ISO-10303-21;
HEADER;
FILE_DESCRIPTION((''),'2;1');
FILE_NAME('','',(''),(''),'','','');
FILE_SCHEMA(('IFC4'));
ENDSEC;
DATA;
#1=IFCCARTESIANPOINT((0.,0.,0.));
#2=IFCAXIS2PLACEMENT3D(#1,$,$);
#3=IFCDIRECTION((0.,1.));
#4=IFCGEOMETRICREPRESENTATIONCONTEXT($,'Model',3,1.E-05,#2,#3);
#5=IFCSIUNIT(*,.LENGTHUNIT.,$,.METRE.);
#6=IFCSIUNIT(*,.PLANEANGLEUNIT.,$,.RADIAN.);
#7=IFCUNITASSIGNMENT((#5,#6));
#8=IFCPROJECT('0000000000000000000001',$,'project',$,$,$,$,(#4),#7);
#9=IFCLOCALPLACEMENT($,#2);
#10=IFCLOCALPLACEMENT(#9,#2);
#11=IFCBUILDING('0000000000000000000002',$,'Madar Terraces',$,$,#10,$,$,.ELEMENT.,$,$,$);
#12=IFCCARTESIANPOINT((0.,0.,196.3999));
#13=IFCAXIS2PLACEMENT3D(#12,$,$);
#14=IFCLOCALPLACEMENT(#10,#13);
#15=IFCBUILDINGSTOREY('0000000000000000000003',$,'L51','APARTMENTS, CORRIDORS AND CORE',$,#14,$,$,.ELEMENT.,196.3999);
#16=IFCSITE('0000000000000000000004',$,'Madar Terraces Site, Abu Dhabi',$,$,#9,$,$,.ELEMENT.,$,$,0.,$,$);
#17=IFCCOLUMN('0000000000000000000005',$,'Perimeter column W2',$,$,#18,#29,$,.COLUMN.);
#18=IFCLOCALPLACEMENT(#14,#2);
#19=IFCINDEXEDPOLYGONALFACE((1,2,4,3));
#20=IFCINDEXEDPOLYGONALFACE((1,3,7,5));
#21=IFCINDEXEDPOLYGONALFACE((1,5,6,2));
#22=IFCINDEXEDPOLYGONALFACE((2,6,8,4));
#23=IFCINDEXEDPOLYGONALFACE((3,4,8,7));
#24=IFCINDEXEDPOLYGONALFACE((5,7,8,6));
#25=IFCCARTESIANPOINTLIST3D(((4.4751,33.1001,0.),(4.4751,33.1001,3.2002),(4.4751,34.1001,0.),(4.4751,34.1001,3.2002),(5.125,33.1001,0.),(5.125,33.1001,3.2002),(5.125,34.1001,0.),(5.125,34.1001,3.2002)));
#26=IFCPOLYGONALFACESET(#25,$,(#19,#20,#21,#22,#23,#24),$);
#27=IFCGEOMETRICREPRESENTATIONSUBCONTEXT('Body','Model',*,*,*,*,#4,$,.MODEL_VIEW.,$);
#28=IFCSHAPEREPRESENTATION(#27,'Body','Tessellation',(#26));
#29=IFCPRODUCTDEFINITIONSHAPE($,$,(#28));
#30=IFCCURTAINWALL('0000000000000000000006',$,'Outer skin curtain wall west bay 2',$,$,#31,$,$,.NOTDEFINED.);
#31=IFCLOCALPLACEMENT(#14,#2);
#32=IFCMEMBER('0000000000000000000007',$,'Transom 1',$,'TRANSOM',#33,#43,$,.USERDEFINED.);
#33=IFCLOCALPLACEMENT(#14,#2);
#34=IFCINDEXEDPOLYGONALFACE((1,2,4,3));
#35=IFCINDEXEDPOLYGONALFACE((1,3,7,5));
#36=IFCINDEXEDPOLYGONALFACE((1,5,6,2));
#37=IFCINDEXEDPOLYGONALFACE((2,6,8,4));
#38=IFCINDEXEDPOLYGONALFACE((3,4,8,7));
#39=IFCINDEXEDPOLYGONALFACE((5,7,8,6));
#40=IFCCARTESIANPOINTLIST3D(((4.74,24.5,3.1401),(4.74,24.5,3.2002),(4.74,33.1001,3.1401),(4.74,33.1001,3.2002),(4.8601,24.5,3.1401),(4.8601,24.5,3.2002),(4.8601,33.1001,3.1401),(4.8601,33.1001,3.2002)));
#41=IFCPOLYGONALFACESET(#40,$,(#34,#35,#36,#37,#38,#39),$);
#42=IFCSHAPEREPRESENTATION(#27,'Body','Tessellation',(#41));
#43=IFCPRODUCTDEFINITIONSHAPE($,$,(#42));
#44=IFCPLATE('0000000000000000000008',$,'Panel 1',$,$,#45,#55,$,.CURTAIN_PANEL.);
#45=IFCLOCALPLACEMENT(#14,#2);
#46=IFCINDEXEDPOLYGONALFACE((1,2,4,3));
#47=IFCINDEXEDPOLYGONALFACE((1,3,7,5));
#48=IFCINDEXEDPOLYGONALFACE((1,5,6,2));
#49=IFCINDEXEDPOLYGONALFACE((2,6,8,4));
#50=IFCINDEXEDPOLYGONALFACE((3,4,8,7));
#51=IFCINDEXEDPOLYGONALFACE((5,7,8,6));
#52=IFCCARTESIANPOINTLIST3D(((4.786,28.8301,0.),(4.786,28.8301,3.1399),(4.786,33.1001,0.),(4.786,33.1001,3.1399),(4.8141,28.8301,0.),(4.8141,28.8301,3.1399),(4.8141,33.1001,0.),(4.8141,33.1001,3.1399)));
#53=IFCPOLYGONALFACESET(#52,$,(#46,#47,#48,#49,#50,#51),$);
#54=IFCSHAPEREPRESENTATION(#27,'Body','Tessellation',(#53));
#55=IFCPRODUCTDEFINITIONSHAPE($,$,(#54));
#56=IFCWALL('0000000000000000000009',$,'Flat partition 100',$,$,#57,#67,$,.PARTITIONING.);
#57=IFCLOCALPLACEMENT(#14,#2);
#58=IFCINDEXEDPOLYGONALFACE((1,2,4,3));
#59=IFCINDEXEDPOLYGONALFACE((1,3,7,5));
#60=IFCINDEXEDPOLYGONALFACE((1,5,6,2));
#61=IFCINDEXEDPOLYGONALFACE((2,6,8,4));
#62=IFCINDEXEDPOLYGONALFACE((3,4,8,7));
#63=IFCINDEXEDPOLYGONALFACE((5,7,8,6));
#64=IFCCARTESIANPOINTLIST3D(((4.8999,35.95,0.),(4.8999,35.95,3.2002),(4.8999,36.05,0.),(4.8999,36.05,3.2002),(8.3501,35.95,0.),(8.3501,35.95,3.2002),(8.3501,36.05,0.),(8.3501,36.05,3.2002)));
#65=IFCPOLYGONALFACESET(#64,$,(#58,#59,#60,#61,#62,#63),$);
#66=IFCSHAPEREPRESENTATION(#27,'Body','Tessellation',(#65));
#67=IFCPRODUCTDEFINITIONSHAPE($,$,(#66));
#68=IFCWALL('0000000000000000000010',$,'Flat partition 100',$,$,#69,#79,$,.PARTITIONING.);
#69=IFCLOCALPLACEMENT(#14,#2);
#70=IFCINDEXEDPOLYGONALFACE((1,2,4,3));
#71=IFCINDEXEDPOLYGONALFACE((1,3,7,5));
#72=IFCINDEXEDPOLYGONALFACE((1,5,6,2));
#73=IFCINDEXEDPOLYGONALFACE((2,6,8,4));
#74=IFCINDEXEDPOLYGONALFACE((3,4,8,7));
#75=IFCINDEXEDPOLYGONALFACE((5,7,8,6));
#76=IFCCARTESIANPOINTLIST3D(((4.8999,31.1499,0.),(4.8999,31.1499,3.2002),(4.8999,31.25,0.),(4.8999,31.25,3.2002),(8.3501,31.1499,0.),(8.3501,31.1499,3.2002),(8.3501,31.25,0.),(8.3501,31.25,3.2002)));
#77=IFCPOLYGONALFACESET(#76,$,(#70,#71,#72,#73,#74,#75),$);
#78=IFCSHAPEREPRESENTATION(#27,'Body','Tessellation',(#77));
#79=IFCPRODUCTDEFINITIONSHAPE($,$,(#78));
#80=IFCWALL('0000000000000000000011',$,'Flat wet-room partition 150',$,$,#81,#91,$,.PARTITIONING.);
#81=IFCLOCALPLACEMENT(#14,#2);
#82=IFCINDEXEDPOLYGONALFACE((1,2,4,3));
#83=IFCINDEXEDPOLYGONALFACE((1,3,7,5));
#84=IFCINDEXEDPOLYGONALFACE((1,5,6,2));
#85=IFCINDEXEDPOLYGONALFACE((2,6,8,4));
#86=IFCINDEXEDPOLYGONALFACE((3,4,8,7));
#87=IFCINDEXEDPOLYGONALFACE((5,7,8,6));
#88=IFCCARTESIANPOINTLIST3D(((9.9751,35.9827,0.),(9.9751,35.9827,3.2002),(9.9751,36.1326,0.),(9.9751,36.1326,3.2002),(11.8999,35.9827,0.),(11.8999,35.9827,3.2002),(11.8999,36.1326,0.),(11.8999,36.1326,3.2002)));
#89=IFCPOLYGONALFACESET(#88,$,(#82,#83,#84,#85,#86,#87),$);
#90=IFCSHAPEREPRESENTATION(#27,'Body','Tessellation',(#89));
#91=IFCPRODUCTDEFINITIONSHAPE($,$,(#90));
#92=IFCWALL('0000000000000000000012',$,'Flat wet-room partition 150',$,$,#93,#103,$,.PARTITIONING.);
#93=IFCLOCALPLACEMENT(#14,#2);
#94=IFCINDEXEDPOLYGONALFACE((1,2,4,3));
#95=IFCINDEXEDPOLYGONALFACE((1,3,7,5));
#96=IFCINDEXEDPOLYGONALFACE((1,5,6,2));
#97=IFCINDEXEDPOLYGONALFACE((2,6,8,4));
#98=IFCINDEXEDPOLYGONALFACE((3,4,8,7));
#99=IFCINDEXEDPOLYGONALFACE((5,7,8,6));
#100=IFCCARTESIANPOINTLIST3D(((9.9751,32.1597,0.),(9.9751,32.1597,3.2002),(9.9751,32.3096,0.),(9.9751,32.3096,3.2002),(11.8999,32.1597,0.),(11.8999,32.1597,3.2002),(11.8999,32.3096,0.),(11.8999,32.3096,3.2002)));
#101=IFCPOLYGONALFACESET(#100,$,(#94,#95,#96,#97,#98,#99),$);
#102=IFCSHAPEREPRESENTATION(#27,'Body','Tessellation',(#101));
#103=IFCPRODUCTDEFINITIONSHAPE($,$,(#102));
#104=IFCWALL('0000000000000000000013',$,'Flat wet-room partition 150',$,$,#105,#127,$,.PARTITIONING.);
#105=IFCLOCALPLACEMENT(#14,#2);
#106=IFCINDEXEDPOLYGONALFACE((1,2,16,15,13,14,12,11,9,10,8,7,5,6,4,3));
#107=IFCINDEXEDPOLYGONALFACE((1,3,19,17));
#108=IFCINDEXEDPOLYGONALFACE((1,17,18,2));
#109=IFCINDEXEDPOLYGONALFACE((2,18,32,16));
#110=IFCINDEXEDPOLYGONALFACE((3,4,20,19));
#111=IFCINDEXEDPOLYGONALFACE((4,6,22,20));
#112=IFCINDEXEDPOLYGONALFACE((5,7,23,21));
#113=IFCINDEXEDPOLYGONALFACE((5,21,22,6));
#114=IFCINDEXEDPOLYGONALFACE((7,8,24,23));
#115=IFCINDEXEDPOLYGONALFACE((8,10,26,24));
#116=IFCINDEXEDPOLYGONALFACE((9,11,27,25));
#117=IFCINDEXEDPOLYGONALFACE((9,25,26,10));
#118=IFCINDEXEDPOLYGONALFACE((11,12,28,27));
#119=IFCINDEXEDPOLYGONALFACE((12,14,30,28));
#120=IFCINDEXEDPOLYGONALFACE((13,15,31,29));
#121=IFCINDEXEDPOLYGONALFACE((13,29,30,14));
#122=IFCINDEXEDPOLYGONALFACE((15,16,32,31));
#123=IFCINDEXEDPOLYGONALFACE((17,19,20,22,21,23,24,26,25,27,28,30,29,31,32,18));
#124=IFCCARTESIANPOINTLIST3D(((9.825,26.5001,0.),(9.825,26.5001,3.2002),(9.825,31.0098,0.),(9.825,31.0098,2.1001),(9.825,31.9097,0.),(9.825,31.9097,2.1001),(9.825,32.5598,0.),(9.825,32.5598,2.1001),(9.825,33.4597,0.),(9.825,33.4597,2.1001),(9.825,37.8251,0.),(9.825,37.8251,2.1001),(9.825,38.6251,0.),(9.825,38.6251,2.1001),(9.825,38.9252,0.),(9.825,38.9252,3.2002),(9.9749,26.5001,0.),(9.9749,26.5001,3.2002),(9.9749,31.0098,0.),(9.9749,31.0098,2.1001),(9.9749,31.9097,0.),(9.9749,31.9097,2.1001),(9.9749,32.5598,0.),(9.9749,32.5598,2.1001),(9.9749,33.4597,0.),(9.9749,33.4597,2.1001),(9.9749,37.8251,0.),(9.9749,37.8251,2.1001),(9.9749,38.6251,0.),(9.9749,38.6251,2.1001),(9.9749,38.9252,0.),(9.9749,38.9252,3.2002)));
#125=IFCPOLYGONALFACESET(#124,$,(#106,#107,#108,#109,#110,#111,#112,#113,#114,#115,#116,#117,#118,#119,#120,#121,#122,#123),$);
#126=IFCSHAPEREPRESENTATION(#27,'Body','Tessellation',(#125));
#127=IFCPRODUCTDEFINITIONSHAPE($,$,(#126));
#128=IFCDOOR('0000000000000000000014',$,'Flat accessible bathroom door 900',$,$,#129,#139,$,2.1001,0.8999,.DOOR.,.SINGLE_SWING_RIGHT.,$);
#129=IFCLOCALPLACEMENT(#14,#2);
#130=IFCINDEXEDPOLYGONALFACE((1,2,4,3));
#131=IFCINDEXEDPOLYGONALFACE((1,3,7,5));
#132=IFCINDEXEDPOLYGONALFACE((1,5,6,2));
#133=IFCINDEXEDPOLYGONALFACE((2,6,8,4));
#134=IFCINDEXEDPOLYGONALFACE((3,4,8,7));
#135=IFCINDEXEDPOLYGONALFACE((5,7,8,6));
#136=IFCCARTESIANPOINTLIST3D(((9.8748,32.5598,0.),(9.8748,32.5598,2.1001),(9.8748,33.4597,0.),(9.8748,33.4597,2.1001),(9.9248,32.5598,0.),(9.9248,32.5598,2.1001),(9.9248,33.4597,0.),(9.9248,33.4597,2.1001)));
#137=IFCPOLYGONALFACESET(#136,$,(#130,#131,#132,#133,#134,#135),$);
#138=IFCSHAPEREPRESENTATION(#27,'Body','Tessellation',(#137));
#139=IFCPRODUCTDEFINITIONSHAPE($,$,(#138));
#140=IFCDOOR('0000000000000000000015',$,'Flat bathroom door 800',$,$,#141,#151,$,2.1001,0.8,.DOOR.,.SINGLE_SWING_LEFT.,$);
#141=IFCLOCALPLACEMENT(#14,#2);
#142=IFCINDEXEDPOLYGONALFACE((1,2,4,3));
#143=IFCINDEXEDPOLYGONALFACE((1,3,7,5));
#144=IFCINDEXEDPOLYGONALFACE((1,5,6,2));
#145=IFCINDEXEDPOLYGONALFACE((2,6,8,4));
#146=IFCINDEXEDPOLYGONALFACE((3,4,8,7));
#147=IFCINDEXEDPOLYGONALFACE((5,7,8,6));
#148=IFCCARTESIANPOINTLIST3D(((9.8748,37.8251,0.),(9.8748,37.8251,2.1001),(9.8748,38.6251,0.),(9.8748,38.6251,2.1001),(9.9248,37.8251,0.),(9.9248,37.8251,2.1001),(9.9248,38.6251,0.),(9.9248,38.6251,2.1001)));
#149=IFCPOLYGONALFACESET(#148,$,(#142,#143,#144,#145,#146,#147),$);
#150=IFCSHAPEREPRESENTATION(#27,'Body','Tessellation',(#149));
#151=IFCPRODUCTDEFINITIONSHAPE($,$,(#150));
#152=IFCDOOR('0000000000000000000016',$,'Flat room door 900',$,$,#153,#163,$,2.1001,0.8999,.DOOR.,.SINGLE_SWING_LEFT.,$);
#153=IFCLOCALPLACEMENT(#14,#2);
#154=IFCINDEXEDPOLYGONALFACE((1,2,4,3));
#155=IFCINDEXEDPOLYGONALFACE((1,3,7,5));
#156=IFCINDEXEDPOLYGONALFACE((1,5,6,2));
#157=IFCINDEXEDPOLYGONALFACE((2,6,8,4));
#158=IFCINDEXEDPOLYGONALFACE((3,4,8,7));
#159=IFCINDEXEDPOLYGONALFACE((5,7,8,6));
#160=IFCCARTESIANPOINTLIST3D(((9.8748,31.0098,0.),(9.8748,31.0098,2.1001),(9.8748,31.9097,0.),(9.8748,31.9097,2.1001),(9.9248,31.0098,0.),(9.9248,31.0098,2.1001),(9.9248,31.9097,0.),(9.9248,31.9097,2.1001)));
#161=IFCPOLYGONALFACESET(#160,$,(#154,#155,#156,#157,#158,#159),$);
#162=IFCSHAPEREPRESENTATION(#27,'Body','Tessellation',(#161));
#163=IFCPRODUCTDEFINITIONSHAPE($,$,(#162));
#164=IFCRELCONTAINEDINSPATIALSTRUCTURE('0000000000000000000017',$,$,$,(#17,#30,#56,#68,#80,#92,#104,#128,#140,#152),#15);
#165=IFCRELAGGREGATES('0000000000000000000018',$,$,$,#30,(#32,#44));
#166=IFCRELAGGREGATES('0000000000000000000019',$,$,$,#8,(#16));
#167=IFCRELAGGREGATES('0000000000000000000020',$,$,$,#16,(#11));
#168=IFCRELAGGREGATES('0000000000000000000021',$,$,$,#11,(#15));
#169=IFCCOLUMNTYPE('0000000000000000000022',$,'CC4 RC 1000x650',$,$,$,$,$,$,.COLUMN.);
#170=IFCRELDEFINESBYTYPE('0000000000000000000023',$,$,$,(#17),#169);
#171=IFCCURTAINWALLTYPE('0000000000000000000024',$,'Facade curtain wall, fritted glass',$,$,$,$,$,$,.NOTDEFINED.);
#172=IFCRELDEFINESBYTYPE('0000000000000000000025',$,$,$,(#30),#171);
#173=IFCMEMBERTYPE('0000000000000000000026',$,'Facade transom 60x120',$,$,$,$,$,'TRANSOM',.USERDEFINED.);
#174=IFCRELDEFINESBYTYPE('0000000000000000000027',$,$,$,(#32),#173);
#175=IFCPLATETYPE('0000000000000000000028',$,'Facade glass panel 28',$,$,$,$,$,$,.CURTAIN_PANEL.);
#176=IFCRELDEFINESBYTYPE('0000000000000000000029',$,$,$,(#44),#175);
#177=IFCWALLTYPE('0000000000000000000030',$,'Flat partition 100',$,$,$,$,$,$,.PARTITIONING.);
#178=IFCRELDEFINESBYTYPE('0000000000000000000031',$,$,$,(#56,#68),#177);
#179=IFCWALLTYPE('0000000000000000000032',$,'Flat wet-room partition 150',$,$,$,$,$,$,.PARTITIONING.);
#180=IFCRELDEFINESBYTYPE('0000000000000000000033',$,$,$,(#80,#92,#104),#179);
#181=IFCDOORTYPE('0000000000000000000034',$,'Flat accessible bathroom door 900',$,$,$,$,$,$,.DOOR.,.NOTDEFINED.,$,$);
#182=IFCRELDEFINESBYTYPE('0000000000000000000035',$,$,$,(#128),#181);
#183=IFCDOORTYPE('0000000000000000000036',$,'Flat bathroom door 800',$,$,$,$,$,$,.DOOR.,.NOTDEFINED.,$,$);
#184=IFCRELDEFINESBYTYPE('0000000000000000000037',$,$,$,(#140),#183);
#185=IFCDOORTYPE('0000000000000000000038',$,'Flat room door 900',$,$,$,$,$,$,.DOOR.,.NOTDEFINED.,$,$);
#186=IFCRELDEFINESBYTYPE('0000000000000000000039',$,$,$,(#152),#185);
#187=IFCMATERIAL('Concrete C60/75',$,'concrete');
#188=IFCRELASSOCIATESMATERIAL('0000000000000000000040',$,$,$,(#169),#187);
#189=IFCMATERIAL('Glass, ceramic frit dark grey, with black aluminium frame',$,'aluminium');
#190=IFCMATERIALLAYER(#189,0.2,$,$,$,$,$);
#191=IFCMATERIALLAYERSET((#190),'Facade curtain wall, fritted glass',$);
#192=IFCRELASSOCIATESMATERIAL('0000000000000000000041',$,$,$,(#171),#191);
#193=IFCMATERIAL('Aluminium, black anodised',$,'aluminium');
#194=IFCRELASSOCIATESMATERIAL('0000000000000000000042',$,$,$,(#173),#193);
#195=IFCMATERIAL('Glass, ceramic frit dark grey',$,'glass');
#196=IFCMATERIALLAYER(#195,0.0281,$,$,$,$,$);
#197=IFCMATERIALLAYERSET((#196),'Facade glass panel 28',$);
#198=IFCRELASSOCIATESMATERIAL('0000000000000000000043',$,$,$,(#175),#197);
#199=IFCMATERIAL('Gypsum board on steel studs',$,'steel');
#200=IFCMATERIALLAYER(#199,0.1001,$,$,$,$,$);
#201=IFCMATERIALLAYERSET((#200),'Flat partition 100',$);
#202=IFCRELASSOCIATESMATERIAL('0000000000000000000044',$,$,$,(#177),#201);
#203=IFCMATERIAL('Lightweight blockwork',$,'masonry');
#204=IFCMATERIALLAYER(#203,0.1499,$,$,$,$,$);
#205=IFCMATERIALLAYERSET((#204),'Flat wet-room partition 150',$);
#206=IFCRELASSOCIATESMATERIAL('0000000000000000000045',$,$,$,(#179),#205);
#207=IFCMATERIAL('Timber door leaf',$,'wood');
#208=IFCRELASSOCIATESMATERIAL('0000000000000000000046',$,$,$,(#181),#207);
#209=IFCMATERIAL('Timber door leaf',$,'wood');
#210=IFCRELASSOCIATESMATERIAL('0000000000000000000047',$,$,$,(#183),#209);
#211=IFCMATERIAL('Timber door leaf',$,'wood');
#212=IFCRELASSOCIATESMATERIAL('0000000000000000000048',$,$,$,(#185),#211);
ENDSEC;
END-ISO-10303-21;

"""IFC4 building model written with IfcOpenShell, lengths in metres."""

from ifc_helpers import new_model, si_unit, direction, frame, frame_2d, origin, origin_2d, place, context, subcontext, project, spatial, rectangle, extrude, material, layer, layer_set, material_profile, profile_set, type_object, element, fill, aggregate, save


model = new_model("IFC4")

# Units and contexts
model_context = context("Model", 3, precision=1e-05, world=origin(), true_north=direction((0.0, 1.0)))
body_context = subcontext(model_context, "Body", "Model", "MODEL_VIEW")
ifc_project = project(units=[si_unit("LENGTHUNIT", "METRE"), si_unit("PLANEANGLEUNIT", "RADIAN")], contexts=[model_context])

# Site, building, storey
site_placement = place(None, origin())
site = spatial("IfcSite", under=ifc_project, at=site_placement, Name="Madar Terraces Site, Abu Dhabi", CompositionType="ELEMENT", RefElevation=0.0)
building_placement = place(site_placement, origin())
building = spatial("IfcBuilding", under=site, at=building_placement, Name="Madar Terraces", CompositionType="ELEMENT")
storey_placement = place(building_placement, frame((0.0, 0.0, 196.3999)))
storey = spatial("IfcBuildingStorey", under=building, at=storey_placement, Name="L51", Description="APARTMENTS, CORRIDORS AND CORE", CompositionType="ELEMENT", Elevation=196.3999)

# Column
ifc_material_1 = material(Name="Concrete C60/75", Category="concrete")
ifc_material_profile_1 = material_profile(ifc_material_1, rectangle(XDim=1.0, YDim=0.6499, at=origin_2d()), Name="CC4 RC 1000x650")
ifc_profile_set_1 = profile_set([ifc_material_profile_1], Name="Concrete C60/75")
column_type = type_object("IfcColumnType", Name="CC4 RC 1000x650", PredefinedType="COLUMN", material=ifc_profile_set_1)
column_placement = place(storey_placement, frame((4.8, 33.6001, 0.0), z_axis=(0.0, 0.0, 1.0), x_axis=(0.0, 1.0, 0.0)))
element("IfcColumn", 1, at=column_placement, inside=storey, type_object=column_type, Name="Perimeter column W2", PredefinedType="COLUMN", context=body_context, shape_type="SweptSolid", body=[
    extrude(rectangle(XDim=1.0, YDim=0.6499, at=origin_2d()), origin(), (0.0, 0.0, 1.0), 3.2002),
])

# Curtain wall, member, plate
ifc_material_2 = material(Name="Glass, ceramic frit dark grey, with black aluminium frame", Category="aluminium")
ifc_layer_1 = layer(ifc_material_2, 0.2)
ifc_layer_set_1 = layer_set([ifc_layer_1], Name="Facade curtain wall, fritted glass")
curtain_wall_type = type_object("IfcCurtainWallType", Name="Facade curtain wall, fritted glass", PredefinedType="NOTDEFINED", material=ifc_layer_set_1)
curtain_wall_placement = place(storey_placement, origin())
curtain_wall = element("IfcCurtainWall", 2, at=curtain_wall_placement, inside=storey, type_object=curtain_wall_type, Name="Outer skin curtain wall west bay 2", PredefinedType="NOTDEFINED")
ifc_material_3 = material(Name="Aluminium, black anodised", Category="aluminium")
ifc_material_profile_2 = material_profile(ifc_material_3, rectangle(XDim=0.1201, YDim=0.0601, at=origin_2d()), Name="Facade transom 60x120")
ifc_profile_set_2 = profile_set([ifc_material_profile_2], Name="Aluminium, black anodised")
member_type = type_object("IfcMemberType", Name="Facade transom 60x120", ElementType="TRANSOM", PredefinedType="USERDEFINED", material=ifc_profile_set_2)
member_placement = place(storey_placement, frame((4.8, 33.1001, 3.1702), z_axis=(0.0, -1.0, 0.0), x_axis=(1.0, 0.0, 0.0)))
member = element("IfcMember", 3, at=member_placement, type_object=member_type, Name="Transom 1", ObjectType="TRANSOM", PredefinedType="USERDEFINED", context=body_context, shape_type="SweptSolid", body=[
    extrude(rectangle(XDim=0.1201, YDim=0.0601, at=origin_2d()), origin(), (0.0, 0.0, 1.0), 8.6001),
])
ifc_material_4 = material(Name="Glass, ceramic frit dark grey", Category="glass")
ifc_layer_2 = layer(ifc_material_4, 0.0281)
ifc_layer_set_2 = layer_set([ifc_layer_2], Name="Facade glass panel 28")
plate_type = type_object("IfcPlateType", Name="Facade glass panel 28", PredefinedType="CURTAIN_PANEL", material=ifc_layer_set_2)
plate_placement = place(storey_placement, frame((4.8, 30.9651, 0.0), z_axis=(0.0, 0.0, 1.0), x_axis=(0.0, -1.0, 0.0)))
plate = element("IfcPlate", 4, at=plate_placement, type_object=plate_type, Name="Panel 1", PredefinedType="CURTAIN_PANEL", context=body_context, shape_type="SweptSolid", body=[
    extrude(rectangle(XDim=4.27, YDim=0.0281, at=origin_2d()), origin(), (0.0, 0.0, 1.0), 3.1399),
])
aggregate(curtain_wall, [member, plate])

# Walls
ifc_material_5 = material(Name="Gypsum board on steel studs", Category="steel")
ifc_layer_3 = layer(ifc_material_5, 0.1001)
ifc_layer_set_3 = layer_set([ifc_layer_3], Name="Flat partition 100")
wall_type_1 = type_object("IfcWallType", Name="Flat partition 100", PredefinedType="PARTITIONING", material=ifc_layer_set_3)
for number, where, z_axis, x_axis, name in (
    (5, (8.3501, 36.0, 0.0), (0.0, 0.0, 1.0), (-1.0, 0.0, 0.0), "Flat partition 100"),
    (6, (8.3501, 31.2, 0.0), (0.0, 0.0, 1.0), (-1.0, 0.0, 0.0), "Flat partition 100"),
):
    element("IfcWall", number, at=place(storey_placement, frame(where, z_axis=z_axis, x_axis=x_axis)), inside=storey, type_object=wall_type_1, Name=name, PredefinedType="PARTITIONING", context=body_context, shape_type="SweptSolid", body=[
        extrude(rectangle(XDim=3.4502, YDim=0.1001, at=frame_2d((1.7251, 0.0))), origin(), (0.0, 0.0, 1.0), 3.2002),
    ])
ifc_material_6 = material(Name="Lightweight blockwork", Category="masonry")
ifc_layer_4 = layer(ifc_material_6, 0.1499)
ifc_layer_set_4 = layer_set([ifc_layer_4], Name="Flat wet-room partition 150")
wall_type_2 = type_object("IfcWallType", Name="Flat wet-room partition 150", PredefinedType="PARTITIONING", material=ifc_layer_set_4)
for number, where, z_axis, x_axis, name in (
    (7, (11.8999, 36.0576, 0.0), (0.0, 0.0, 1.0), (-1.0, 0.0, 0.0), "Flat wet-room partition 150"),
    (8, (11.8999, 32.2346, 0.0), (0.0, 0.0, 1.0), (-1.0, 0.0, 0.0), "Flat wet-room partition 150"),
):
    element("IfcWall", number, at=place(storey_placement, frame(where, z_axis=z_axis, x_axis=x_axis)), inside=storey, type_object=wall_type_2, Name=name, PredefinedType="PARTITIONING", context=body_context, shape_type="SweptSolid", body=[
        extrude(rectangle(XDim=1.9248, YDim=0.1499, at=frame_2d((0.9624, 0.0))), origin(), (0.0, 0.0, 1.0), 3.2002),
    ])

# Wall, openings, doors
wall_1_placement = place(storey_placement, frame((9.8999, 38.925, 0.0), z_axis=(0.0, 0.0, 1.0), x_axis=(0.0, -1.0, 0.0)))
wall_1 = element("IfcWall", 9, at=wall_1_placement, inside=storey, type_object=wall_type_2, Name="Flat wet-room partition 150", PredefinedType="PARTITIONING", context=body_context, shape_type="SweptSolid", body=[
    extrude(rectangle(XDim=12.425, YDim=0.1499, at=frame_2d((6.2124, 0.0))), origin(), (0.0, 0.0, 1.0), 3.2002),
])
opening_1_placement = place(wall_1_placement, frame((0.3, 0.0, 0.0)))
opening_1 = element("IfcOpeningElement", 10, at=opening_1_placement, cuts=wall_1, PredefinedType="OPENING", context=body_context, shape_type="SweptSolid", body=[
    extrude(rectangle(XDim=0.8, YDim=2.1001, at=frame_2d((0.3999, 1.05))), frame((0.0, 0.085, 0.0), z_axis=(0.0, -1.0, 0.0), x_axis=(1.0, 0.0, 0.0)), (0.0, 0.0, 1.0), 0.1699),
])
opening_2_placement = place(wall_1_placement, frame((5.4653, 0.0, 0.0)))
opening_2 = element("IfcOpeningElement", 11, at=opening_2_placement, cuts=wall_1, PredefinedType="OPENING", context=body_context, shape_type="SweptSolid", body=[
    extrude(rectangle(XDim=0.8999, YDim=2.1001, at=frame_2d((0.45, 1.05))), frame((0.0, 0.085, 0.0), z_axis=(0.0, -1.0, 0.0), x_axis=(1.0, 0.0, 0.0)), (0.0, 0.0, 1.0), 0.1699),
])
opening_3_placement = place(wall_1_placement, frame((7.0154, 0.0, 0.0)))
opening_3 = element("IfcOpeningElement", 12, at=opening_3_placement, cuts=wall_1, PredefinedType="OPENING", context=body_context, shape_type="SweptSolid", body=[
    extrude(rectangle(XDim=0.8999, YDim=2.1001, at=frame_2d((0.45, 1.05))), frame((0.0, 0.085, 0.0), z_axis=(0.0, -1.0, 0.0), x_axis=(1.0, 0.0, 0.0)), (0.0, 0.0, 1.0), 0.1699),
])
ifc_material_7 = material(Name="Timber door leaf", Category="wood")
door_type_1 = type_object("IfcDoorType", Name="Flat accessible bathroom door 900", OperationType="NOTDEFINED", PredefinedType="DOOR", material=ifc_material_7)
door_1_placement = place(opening_2_placement, origin())
door_1 = element("IfcDoor", 13, at=door_1_placement, inside=storey, type_object=door_type_1, Name="Flat accessible bathroom door 900", OperationType="SINGLE_SWING_RIGHT", OverallHeight=2.1001, OverallWidth=0.8999, PredefinedType="DOOR", context=body_context, shape_type="SweptSolid", body=[
    extrude(rectangle(XDim=0.8999, YDim=2.1001, at=frame_2d((0.45, 1.05))), frame((0.0, 0.0249, 0.0), z_axis=(0.0, -1.0, 0.0), x_axis=(1.0, 0.0, 0.0)), (0.0, 0.0, 1.0), 0.05),
])
fill(opening_2, door_1)
ifc_material_8 = material(Name="Timber door leaf", Category="wood")
door_type_2 = type_object("IfcDoorType", Name="Flat bathroom door 800", OperationType="NOTDEFINED", PredefinedType="DOOR", material=ifc_material_8)
door_2_placement = place(opening_1_placement, origin())
door_2 = element("IfcDoor", 14, at=door_2_placement, inside=storey, type_object=door_type_2, Name="Flat bathroom door 800", OperationType="SINGLE_SWING_LEFT", OverallHeight=2.1001, OverallWidth=0.8, PredefinedType="DOOR", context=body_context, shape_type="SweptSolid", body=[
    extrude(rectangle(XDim=0.8, YDim=2.1001, at=frame_2d((0.3999, 1.05))), frame((0.0, 0.0249, 0.0), z_axis=(0.0, -1.0, 0.0), x_axis=(1.0, 0.0, 0.0)), (0.0, 0.0, 1.0), 0.05),
])
fill(opening_1, door_2)
ifc_material_9 = material(Name="Timber door leaf", Category="wood")
door_type_3 = type_object("IfcDoorType", Name="Flat room door 900", OperationType="NOTDEFINED", PredefinedType="DOOR", material=ifc_material_9)
door_3_placement = place(opening_3_placement, origin())
door_3 = element("IfcDoor", 15, at=door_3_placement, inside=storey, type_object=door_type_3, Name="Flat room door 900", OperationType="SINGLE_SWING_LEFT", OverallHeight=2.1001, OverallWidth=0.8999, PredefinedType="DOOR", context=body_context, shape_type="SweptSolid", body=[
    extrude(rectangle(XDim=0.8999, YDim=2.1001, at=frame_2d((0.45, 1.05))), frame((0.0, 0.0249, 0.0), z_axis=(0.0, -1.0, 0.0), x_axis=(1.0, 0.0, 0.0)), (0.0, 0.0, 1.0), 0.05),
])
fill(opening_3, door_3)

save(model, "model.ifc")
